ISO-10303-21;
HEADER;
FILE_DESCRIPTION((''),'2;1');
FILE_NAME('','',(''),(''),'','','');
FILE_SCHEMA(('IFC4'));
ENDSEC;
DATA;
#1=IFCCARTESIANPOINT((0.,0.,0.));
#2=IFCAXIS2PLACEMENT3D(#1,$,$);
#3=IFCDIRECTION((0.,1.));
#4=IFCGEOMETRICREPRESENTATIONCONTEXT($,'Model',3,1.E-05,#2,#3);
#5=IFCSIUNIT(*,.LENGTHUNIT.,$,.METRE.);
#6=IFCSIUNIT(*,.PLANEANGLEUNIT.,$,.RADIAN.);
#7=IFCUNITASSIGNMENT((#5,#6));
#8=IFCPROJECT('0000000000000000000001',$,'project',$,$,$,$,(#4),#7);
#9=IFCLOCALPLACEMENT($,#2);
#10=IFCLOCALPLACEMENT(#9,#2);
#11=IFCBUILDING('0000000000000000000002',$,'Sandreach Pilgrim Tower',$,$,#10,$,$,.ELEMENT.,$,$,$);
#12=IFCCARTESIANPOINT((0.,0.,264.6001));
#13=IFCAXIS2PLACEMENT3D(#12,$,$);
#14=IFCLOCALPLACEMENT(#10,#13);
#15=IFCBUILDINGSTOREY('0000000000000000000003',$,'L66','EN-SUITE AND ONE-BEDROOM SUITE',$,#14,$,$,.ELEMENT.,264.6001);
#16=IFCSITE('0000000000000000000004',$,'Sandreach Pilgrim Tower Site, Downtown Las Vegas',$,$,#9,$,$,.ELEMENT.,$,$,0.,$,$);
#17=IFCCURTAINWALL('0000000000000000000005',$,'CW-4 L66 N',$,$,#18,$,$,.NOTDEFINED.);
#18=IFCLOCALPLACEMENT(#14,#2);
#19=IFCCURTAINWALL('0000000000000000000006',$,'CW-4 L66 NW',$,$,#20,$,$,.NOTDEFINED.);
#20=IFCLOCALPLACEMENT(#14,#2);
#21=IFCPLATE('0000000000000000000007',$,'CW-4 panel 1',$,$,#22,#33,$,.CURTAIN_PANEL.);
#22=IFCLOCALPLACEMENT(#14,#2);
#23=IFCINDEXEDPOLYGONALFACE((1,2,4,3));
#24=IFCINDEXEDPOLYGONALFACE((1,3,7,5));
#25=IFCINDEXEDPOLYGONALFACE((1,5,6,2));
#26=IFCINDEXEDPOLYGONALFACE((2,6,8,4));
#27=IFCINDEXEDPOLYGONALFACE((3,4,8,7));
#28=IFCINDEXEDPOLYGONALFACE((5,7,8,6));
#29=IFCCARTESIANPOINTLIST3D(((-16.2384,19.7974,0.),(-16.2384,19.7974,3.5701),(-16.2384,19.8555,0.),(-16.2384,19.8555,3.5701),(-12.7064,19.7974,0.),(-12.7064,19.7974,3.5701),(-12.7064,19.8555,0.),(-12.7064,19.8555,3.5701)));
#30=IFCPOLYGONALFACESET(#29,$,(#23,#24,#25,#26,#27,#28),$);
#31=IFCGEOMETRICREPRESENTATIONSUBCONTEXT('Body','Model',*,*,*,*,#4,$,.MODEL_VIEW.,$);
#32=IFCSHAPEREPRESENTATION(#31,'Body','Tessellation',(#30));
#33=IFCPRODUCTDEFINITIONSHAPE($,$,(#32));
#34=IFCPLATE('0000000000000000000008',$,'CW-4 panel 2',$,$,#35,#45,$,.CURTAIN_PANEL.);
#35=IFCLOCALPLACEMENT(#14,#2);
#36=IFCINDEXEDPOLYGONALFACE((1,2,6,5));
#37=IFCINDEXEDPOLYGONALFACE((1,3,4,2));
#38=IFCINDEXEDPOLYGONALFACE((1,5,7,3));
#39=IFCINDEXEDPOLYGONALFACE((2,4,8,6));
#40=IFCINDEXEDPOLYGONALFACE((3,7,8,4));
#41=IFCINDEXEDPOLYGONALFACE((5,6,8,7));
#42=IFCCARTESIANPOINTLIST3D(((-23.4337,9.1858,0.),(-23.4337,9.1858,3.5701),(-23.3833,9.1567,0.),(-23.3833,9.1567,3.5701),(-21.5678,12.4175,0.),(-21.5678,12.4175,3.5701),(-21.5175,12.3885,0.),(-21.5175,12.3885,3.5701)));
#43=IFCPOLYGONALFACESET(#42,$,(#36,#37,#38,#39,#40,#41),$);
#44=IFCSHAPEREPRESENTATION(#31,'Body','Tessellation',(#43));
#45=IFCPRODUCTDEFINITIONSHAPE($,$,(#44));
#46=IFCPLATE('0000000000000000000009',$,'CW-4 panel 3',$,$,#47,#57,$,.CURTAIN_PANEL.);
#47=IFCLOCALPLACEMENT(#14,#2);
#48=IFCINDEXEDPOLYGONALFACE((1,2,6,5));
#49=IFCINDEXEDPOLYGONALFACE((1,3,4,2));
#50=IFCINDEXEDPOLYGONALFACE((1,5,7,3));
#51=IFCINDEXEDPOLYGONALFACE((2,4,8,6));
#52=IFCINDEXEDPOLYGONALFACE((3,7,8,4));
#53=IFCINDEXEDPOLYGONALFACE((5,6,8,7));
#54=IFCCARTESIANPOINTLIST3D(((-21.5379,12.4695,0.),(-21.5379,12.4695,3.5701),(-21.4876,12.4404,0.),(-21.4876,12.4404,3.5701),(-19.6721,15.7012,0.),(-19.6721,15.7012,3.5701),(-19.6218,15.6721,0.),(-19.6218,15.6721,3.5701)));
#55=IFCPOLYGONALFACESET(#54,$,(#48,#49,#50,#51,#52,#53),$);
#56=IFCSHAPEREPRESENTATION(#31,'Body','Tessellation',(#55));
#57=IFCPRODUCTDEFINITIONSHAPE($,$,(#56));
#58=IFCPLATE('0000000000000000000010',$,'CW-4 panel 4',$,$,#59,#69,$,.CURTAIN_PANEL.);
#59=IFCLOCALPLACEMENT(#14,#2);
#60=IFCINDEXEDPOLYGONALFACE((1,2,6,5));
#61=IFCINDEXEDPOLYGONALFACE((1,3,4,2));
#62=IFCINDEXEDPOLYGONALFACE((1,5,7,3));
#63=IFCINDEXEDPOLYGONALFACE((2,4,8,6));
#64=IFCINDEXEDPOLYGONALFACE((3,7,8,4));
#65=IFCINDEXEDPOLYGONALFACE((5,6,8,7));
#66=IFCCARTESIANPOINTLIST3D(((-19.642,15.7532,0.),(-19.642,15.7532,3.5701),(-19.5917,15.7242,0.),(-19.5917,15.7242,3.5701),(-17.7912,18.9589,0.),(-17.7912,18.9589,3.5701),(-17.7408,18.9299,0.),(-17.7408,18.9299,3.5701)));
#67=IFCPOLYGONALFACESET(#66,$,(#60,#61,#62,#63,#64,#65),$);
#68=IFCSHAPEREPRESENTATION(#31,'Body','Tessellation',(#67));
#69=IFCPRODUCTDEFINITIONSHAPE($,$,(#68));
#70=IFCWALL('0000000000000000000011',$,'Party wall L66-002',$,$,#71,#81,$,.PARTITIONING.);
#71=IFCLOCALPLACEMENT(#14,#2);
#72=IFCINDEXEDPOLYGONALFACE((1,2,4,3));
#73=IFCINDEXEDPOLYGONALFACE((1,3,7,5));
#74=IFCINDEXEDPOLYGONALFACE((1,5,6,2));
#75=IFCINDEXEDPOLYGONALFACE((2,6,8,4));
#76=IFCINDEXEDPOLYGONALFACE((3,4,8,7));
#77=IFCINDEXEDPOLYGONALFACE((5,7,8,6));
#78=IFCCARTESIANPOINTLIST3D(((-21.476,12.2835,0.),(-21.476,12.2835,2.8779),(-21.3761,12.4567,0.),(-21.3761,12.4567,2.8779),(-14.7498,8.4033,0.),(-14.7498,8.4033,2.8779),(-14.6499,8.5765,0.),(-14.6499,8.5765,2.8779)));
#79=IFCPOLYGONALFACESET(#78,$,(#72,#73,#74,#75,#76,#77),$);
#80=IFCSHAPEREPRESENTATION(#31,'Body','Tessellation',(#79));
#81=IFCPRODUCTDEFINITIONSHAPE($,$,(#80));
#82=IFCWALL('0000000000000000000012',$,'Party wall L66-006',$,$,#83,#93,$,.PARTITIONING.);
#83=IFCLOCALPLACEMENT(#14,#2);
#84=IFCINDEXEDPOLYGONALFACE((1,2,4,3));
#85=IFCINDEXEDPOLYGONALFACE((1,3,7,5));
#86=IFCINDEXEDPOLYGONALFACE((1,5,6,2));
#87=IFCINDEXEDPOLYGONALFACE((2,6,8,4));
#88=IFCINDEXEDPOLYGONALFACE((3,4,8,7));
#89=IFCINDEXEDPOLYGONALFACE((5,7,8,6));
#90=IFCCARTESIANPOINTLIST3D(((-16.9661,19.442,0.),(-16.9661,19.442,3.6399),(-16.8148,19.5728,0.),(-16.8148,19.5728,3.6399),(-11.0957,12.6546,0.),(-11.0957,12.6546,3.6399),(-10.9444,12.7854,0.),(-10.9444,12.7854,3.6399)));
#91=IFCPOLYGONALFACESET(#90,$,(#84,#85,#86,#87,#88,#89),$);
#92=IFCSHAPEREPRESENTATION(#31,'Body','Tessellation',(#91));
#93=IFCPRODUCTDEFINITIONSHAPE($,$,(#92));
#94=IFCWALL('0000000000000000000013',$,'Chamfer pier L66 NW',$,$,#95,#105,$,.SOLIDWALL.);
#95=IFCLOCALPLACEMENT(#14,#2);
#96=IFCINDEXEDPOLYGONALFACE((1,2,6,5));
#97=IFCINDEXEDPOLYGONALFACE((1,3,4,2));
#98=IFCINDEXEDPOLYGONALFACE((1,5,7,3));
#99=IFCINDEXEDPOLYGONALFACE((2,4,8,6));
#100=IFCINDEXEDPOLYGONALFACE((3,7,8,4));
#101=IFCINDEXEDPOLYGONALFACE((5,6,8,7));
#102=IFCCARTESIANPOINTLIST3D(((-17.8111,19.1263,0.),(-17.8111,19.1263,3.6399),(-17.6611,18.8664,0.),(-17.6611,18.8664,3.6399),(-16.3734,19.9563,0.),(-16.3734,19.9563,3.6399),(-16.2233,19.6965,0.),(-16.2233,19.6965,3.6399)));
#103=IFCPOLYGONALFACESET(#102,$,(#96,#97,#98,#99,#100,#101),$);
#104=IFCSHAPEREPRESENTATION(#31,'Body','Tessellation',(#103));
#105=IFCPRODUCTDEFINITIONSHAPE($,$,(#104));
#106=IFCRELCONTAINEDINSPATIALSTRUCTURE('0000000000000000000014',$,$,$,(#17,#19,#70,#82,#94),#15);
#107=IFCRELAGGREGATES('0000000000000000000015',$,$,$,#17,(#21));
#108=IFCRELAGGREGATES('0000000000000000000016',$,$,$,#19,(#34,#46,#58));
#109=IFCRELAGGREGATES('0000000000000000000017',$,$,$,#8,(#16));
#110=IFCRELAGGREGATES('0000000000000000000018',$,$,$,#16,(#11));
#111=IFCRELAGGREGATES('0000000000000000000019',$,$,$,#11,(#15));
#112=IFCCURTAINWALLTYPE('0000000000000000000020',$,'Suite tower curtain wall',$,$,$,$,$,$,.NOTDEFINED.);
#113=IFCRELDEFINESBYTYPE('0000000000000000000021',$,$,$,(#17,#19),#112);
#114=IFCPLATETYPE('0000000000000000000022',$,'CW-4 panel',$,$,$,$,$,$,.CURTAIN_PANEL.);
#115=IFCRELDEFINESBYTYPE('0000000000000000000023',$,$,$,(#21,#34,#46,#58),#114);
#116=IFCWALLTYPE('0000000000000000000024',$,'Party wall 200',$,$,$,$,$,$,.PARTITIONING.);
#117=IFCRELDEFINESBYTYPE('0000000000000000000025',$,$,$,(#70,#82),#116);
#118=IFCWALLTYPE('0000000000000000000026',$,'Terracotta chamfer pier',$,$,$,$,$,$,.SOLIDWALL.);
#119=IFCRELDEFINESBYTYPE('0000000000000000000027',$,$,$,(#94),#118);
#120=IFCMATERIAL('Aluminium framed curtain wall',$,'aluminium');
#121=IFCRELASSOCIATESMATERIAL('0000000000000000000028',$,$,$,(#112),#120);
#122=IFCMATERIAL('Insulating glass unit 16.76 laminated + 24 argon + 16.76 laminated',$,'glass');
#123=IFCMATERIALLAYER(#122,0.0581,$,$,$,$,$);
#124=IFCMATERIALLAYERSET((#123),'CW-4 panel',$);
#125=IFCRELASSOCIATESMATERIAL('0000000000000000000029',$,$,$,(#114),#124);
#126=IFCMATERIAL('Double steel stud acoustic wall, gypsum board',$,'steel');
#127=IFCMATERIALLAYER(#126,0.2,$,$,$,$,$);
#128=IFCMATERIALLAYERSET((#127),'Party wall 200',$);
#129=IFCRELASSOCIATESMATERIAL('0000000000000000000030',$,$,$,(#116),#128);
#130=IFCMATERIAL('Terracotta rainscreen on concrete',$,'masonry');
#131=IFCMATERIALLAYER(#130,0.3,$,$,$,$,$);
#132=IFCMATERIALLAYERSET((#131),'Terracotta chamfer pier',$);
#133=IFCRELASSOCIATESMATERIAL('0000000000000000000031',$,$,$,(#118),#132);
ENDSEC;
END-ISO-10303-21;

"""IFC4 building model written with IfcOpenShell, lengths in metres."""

from ifc_helpers import new_model, si_unit, direction, frame, frame_2d, origin, origin_2d, place, context, subcontext, project, spatial, rectangle, extrude, material, layer, layer_set, type_object, element, aggregate, save


model = new_model("IFC4")

# Units and contexts
model_context = context("Model", 3, precision=1e-05, world=origin(), true_north=direction((0.0, 1.0)))
body_context = subcontext(model_context, "Body", "Model", "MODEL_VIEW")
ifc_project = project(units=[si_unit("LENGTHUNIT", "METRE"), si_unit("PLANEANGLEUNIT", "RADIAN")], contexts=[model_context])

# Site, building, storey
site_placement = place(None, origin())
site = spatial("IfcSite", under=ifc_project, at=site_placement, Name="Sandreach Pilgrim Tower Site, Downtown Las Vegas", CompositionType="ELEMENT", RefElevation=0.0)
building_placement = place(site_placement, origin())
building = spatial("IfcBuilding", under=site, at=building_placement, Name="Sandreach Pilgrim Tower", CompositionType="ELEMENT")
storey_placement = place(building_placement, frame((0.0, 0.0, 264.6001)))
storey = spatial("IfcBuildingStorey", under=building, at=storey_placement, Name="L66", Description="EN-SUITE AND ONE-BEDROOM SUITE", CompositionType="ELEMENT", Elevation=264.6001)

# Curtain wall
ifc_material_1 = material(Name="Aluminium framed curtain wall", Category="aluminium")
curtain_wall_type = type_object("IfcCurtainWallType", Name="Suite tower curtain wall", PredefinedType="NOTDEFINED", material=ifc_material_1)
curtain_wall_1_placement = place(storey_placement, origin())
curtain_wall_1 = element("IfcCurtainWall", 1, at=curtain_wall_1_placement, inside=storey, type_object=curtain_wall_type, Name="CW-4 L66 N", PredefinedType="NOTDEFINED")

# Curtain wall
curtain_wall_2_placement = place(storey_placement, origin())
curtain_wall_2 = element("IfcCurtainWall", 2, at=curtain_wall_2_placement, inside=storey, type_object=curtain_wall_type, Name="CW-4 L66 NW", PredefinedType="NOTDEFINED")

# Plates
ifc_material_2 = material(Name="Insulating glass unit 16.76 laminated + 24 argon + 16.76 laminated", Category="glass")
ifc_layer_1 = layer(ifc_material_2, 0.0581)
ifc_layer_set_1 = layer_set([ifc_layer_1], Name="CW-4 panel")
plate_type = type_object("IfcPlateType", Name="CW-4 panel", PredefinedType="CURTAIN_PANEL", material=ifc_layer_set_1)
plate_1_placement = place(storey_placement, frame((-14.4724, 19.8264, 0.0), z_axis=(0.0, 0.0, 1.0), x_axis=(1.0, 0.0, 0.0)))
plate_1 = element("IfcPlate", 3, at=plate_1_placement, type_object=plate_type, Name="CW-4 panel 1", PredefinedType="CURTAIN_PANEL", context=body_context, shape_type="SweptSolid", body=[
    extrude(rectangle(XDim=3.532, YDim=0.0581, at=origin_2d()), origin(), (0.0, 0.0, 1.0), 3.5701),
])
aggregate(curtain_wall_1, [plate_1])
plate_2_placement = place(storey_placement, frame((-22.4756, 10.7871, 0.0), z_axis=(0.0, 0.0, 1.0), x_axis=(0.5, 0.866025, 0.0)))
plate_2 = element("IfcPlate", 4, at=plate_2_placement, type_object=plate_type, Name="CW-4 panel 2", PredefinedType="CURTAIN_PANEL", context=body_context, shape_type="SweptSolid", body=[
    extrude(rectangle(XDim=3.7317, YDim=0.0581, at=origin_2d()), origin(), (0.0, 0.0, 1.0), 3.5701),
])
plate_3_placement = place(storey_placement, frame((-20.5798, 14.0708, 0.0), z_axis=(0.0, 0.0, 1.0), x_axis=(0.5, 0.866025, 0.0)))
plate_3 = element("IfcPlate", 5, at=plate_3_placement, type_object=plate_type, Name="CW-4 panel 3", PredefinedType="CURTAIN_PANEL", context=body_context, shape_type="SweptSolid", body=[
    extrude(rectangle(XDim=3.7317, YDim=0.0581, at=origin_2d()), origin(), (0.0, 0.0, 1.0), 3.5701),
])
plate_4_placement = place(storey_placement, frame((-18.6914, 17.3416, 0.0), z_axis=(0.0, 0.0, 1.0), x_axis=(0.5, 0.866025, 0.0)))
plate_4 = element("IfcPlate", 6, at=plate_4_placement, type_object=plate_type, Name="CW-4 panel 4", PredefinedType="CURTAIN_PANEL", context=body_context, shape_type="SweptSolid", body=[
    extrude(rectangle(XDim=3.7017, YDim=0.0581, at=origin_2d()), origin(), (0.0, 0.0, 1.0), 3.5701),
])
aggregate(curtain_wall_2, [plate_2, plate_3, plate_4])

# Walls
ifc_material_3 = material(Name="Double steel stud acoustic wall, gypsum board", Category="steel")
ifc_layer_2 = layer(ifc_material_3, 0.2)
ifc_layer_set_2 = layer_set([ifc_layer_2], Name="Party wall 200")
wall_type_1 = type_object("IfcWallType", Name="Party wall 200", PredefinedType="PARTITIONING", material=ifc_layer_set_2)
wall_1_placement = place(storey_placement, frame((-21.426, 12.3701, 0.0), z_axis=(0.0, 0.0, 1.0), x_axis=(0.866202, -0.499693, 0.0)))
element("IfcWall", 7, at=wall_1_placement, inside=storey, type_object=wall_type_1, Name="Party wall L66-002", PredefinedType="PARTITIONING", context=body_context, shape_type="SweptSolid", body=[
    extrude(rectangle(XDim=7.7651, YDim=0.2, at=frame_2d((3.8826, 0.0))), origin(), (0.0, 0.0, 1.0), 2.8779),
])
wall_2_placement = place(storey_placement, frame((-16.8904, 19.5073, 0.0), z_axis=(0.0, 0.0, 1.0), x_axis=(0.654166, -0.756351, 0.0)))
element("IfcWall", 8, at=wall_2_placement, inside=storey, type_object=wall_type_1, Name="Party wall L66-006", PredefinedType="PARTITIONING", context=body_context, shape_type="SweptSolid", body=[
    extrude(rectangle(XDim=8.9739, YDim=0.2, at=frame_2d((4.4868, 0.0))), origin(), (0.0, 0.0, 1.0), 3.6399),
])
ifc_material_4 = material(Name="Terracotta rainscreen on concrete", Category="masonry")
ifc_layer_3 = layer(ifc_material_4, 0.3)
ifc_layer_set_3 = layer_set([ifc_layer_3], Name="Terracotta chamfer pier")
wall_type_2 = type_object("IfcWallType", Name="Terracotta chamfer pier", PredefinedType="SOLIDWALL", material=ifc_layer_set_3)
wall_3_placement = place(storey_placement, frame((-17.7361, 18.9963, 0.0), z_axis=(0.0, 0.0, 1.0), x_axis=(0.866026, 0.499998, 0.0)))
element("IfcWall", 9, at=wall_3_placement, inside=storey, type_object=wall_type_2, Name="Chamfer pier L66 NW", PredefinedType="SOLIDWALL", context=body_context, shape_type="SweptSolid", body=[
    extrude(rectangle(XDim=1.6602, YDim=0.3, at=frame_2d((0.8301, 0.0))), origin(), (0.0, 0.0, 1.0), 3.6399),
])

save(model, "model.ifc")
